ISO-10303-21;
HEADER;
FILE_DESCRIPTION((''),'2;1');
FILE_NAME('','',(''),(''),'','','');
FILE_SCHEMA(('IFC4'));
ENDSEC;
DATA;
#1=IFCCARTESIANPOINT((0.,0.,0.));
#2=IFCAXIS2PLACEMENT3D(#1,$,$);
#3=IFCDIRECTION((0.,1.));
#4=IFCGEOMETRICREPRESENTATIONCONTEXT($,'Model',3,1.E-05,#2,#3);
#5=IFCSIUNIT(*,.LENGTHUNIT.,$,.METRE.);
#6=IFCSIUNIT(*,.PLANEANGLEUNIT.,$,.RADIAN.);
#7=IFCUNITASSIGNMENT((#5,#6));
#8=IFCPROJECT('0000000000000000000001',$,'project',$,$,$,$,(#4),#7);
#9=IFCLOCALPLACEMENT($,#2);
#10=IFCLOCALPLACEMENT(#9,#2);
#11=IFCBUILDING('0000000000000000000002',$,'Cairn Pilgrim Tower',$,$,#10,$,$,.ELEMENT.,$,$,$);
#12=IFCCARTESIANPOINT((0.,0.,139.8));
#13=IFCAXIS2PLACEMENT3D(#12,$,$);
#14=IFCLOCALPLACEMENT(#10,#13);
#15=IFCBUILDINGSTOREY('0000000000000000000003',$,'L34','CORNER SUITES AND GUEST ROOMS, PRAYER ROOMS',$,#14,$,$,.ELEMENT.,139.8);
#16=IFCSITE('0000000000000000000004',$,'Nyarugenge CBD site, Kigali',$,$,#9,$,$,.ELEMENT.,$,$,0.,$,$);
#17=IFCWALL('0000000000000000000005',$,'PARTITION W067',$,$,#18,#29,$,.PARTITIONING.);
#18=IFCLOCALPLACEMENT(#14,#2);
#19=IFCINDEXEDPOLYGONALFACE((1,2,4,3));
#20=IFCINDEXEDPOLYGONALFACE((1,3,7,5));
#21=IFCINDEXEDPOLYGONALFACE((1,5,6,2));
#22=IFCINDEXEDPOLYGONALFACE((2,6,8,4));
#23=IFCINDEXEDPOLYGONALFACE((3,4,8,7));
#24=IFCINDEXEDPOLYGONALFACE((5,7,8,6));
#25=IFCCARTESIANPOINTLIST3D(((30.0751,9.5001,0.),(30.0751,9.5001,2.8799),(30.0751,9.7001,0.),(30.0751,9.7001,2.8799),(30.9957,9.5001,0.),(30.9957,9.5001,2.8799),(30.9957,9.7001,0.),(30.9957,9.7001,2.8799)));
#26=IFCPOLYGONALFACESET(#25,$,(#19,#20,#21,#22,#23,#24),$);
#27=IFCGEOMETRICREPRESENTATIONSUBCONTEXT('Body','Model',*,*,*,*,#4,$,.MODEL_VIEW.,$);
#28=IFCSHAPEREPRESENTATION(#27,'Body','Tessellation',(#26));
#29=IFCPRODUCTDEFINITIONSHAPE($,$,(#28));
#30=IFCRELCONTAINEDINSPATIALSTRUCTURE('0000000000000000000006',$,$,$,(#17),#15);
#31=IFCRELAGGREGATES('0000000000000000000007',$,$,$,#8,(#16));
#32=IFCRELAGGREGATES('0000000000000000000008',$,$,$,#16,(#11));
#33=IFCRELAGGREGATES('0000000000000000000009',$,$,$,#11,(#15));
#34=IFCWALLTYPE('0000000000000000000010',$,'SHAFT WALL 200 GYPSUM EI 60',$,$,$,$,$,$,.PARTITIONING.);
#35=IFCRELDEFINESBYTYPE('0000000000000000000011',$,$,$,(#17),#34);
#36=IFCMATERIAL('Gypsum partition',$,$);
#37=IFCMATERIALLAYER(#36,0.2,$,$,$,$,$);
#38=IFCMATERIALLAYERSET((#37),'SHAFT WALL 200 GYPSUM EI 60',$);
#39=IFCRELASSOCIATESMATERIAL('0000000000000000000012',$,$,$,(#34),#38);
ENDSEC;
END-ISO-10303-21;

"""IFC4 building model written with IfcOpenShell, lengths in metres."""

from ifc_helpers import new_model, si_unit, direction, frame, frame_2d, origin, place, context, subcontext, project, spatial, rectangle, extrude, material, layer, layer_set, type_object, element, save


model = new_model("IFC4")

# Units and contexts
model_context = context("Model", 3, precision=1e-05, world=origin(), true_north=direction((0.0, 1.0)))
body_context = subcontext(model_context, "Body", "Model", "MODEL_VIEW")
ifc_project = project(units=[si_unit("LENGTHUNIT", "METRE"), si_unit("PLANEANGLEUNIT", "RADIAN")], contexts=[model_context])

# Site, building, storey
site_placement = place(None, origin())
site = spatial("IfcSite", under=ifc_project, at=site_placement, Name="Nyarugenge CBD site, Kigali", CompositionType="ELEMENT", RefElevation=0.0)
building_placement = place(site_placement, origin())
building = spatial("IfcBuilding", under=site, at=building_placement, Name="Cairn Pilgrim Tower", CompositionType="ELEMENT")
storey_placement = place(building_placement, frame((0.0, 0.0, 139.8)))
storey = spatial("IfcBuildingStorey", under=building, at=storey_placement, Name="L34", Description="CORNER SUITES AND GUEST ROOMS, PRAYER ROOMS", CompositionType="ELEMENT", Elevation=139.8)

# Shared definitions
ifc_material_1 = material(Name="Gypsum partition")

# Wall
ifc_layer_1 = layer(ifc_material_1, 0.2)
ifc_layer_set_1 = layer_set([ifc_layer_1], Name="SHAFT WALL 200 GYPSUM EI 60")
wall_type_1 = type_object("IfcWallType", Name="SHAFT WALL 200 GYPSUM EI 60", PredefinedType="PARTITIONING", material=ifc_layer_set_1)
wall_1_placement = place(storey_placement, frame((30.075, 9.6001, 0.0), z_axis=(0.0, 0.0, 1.0), x_axis=(1.0, 0.0, 0.0)))
element("IfcWall", 1, at=wall_1_placement, inside=storey, type_object=wall_type_1, Name="PARTITION W067", PredefinedType="PARTITIONING", context=body_context, shape_type="SweptSolid", body=[
    extrude(rectangle(XDim=0.9207, YDim=0.2, at=frame_2d((0.4604, 0.0))), origin(), (0.0, 0.0, 1.0), 2.8799),
])

save(model, "model.ifc")
